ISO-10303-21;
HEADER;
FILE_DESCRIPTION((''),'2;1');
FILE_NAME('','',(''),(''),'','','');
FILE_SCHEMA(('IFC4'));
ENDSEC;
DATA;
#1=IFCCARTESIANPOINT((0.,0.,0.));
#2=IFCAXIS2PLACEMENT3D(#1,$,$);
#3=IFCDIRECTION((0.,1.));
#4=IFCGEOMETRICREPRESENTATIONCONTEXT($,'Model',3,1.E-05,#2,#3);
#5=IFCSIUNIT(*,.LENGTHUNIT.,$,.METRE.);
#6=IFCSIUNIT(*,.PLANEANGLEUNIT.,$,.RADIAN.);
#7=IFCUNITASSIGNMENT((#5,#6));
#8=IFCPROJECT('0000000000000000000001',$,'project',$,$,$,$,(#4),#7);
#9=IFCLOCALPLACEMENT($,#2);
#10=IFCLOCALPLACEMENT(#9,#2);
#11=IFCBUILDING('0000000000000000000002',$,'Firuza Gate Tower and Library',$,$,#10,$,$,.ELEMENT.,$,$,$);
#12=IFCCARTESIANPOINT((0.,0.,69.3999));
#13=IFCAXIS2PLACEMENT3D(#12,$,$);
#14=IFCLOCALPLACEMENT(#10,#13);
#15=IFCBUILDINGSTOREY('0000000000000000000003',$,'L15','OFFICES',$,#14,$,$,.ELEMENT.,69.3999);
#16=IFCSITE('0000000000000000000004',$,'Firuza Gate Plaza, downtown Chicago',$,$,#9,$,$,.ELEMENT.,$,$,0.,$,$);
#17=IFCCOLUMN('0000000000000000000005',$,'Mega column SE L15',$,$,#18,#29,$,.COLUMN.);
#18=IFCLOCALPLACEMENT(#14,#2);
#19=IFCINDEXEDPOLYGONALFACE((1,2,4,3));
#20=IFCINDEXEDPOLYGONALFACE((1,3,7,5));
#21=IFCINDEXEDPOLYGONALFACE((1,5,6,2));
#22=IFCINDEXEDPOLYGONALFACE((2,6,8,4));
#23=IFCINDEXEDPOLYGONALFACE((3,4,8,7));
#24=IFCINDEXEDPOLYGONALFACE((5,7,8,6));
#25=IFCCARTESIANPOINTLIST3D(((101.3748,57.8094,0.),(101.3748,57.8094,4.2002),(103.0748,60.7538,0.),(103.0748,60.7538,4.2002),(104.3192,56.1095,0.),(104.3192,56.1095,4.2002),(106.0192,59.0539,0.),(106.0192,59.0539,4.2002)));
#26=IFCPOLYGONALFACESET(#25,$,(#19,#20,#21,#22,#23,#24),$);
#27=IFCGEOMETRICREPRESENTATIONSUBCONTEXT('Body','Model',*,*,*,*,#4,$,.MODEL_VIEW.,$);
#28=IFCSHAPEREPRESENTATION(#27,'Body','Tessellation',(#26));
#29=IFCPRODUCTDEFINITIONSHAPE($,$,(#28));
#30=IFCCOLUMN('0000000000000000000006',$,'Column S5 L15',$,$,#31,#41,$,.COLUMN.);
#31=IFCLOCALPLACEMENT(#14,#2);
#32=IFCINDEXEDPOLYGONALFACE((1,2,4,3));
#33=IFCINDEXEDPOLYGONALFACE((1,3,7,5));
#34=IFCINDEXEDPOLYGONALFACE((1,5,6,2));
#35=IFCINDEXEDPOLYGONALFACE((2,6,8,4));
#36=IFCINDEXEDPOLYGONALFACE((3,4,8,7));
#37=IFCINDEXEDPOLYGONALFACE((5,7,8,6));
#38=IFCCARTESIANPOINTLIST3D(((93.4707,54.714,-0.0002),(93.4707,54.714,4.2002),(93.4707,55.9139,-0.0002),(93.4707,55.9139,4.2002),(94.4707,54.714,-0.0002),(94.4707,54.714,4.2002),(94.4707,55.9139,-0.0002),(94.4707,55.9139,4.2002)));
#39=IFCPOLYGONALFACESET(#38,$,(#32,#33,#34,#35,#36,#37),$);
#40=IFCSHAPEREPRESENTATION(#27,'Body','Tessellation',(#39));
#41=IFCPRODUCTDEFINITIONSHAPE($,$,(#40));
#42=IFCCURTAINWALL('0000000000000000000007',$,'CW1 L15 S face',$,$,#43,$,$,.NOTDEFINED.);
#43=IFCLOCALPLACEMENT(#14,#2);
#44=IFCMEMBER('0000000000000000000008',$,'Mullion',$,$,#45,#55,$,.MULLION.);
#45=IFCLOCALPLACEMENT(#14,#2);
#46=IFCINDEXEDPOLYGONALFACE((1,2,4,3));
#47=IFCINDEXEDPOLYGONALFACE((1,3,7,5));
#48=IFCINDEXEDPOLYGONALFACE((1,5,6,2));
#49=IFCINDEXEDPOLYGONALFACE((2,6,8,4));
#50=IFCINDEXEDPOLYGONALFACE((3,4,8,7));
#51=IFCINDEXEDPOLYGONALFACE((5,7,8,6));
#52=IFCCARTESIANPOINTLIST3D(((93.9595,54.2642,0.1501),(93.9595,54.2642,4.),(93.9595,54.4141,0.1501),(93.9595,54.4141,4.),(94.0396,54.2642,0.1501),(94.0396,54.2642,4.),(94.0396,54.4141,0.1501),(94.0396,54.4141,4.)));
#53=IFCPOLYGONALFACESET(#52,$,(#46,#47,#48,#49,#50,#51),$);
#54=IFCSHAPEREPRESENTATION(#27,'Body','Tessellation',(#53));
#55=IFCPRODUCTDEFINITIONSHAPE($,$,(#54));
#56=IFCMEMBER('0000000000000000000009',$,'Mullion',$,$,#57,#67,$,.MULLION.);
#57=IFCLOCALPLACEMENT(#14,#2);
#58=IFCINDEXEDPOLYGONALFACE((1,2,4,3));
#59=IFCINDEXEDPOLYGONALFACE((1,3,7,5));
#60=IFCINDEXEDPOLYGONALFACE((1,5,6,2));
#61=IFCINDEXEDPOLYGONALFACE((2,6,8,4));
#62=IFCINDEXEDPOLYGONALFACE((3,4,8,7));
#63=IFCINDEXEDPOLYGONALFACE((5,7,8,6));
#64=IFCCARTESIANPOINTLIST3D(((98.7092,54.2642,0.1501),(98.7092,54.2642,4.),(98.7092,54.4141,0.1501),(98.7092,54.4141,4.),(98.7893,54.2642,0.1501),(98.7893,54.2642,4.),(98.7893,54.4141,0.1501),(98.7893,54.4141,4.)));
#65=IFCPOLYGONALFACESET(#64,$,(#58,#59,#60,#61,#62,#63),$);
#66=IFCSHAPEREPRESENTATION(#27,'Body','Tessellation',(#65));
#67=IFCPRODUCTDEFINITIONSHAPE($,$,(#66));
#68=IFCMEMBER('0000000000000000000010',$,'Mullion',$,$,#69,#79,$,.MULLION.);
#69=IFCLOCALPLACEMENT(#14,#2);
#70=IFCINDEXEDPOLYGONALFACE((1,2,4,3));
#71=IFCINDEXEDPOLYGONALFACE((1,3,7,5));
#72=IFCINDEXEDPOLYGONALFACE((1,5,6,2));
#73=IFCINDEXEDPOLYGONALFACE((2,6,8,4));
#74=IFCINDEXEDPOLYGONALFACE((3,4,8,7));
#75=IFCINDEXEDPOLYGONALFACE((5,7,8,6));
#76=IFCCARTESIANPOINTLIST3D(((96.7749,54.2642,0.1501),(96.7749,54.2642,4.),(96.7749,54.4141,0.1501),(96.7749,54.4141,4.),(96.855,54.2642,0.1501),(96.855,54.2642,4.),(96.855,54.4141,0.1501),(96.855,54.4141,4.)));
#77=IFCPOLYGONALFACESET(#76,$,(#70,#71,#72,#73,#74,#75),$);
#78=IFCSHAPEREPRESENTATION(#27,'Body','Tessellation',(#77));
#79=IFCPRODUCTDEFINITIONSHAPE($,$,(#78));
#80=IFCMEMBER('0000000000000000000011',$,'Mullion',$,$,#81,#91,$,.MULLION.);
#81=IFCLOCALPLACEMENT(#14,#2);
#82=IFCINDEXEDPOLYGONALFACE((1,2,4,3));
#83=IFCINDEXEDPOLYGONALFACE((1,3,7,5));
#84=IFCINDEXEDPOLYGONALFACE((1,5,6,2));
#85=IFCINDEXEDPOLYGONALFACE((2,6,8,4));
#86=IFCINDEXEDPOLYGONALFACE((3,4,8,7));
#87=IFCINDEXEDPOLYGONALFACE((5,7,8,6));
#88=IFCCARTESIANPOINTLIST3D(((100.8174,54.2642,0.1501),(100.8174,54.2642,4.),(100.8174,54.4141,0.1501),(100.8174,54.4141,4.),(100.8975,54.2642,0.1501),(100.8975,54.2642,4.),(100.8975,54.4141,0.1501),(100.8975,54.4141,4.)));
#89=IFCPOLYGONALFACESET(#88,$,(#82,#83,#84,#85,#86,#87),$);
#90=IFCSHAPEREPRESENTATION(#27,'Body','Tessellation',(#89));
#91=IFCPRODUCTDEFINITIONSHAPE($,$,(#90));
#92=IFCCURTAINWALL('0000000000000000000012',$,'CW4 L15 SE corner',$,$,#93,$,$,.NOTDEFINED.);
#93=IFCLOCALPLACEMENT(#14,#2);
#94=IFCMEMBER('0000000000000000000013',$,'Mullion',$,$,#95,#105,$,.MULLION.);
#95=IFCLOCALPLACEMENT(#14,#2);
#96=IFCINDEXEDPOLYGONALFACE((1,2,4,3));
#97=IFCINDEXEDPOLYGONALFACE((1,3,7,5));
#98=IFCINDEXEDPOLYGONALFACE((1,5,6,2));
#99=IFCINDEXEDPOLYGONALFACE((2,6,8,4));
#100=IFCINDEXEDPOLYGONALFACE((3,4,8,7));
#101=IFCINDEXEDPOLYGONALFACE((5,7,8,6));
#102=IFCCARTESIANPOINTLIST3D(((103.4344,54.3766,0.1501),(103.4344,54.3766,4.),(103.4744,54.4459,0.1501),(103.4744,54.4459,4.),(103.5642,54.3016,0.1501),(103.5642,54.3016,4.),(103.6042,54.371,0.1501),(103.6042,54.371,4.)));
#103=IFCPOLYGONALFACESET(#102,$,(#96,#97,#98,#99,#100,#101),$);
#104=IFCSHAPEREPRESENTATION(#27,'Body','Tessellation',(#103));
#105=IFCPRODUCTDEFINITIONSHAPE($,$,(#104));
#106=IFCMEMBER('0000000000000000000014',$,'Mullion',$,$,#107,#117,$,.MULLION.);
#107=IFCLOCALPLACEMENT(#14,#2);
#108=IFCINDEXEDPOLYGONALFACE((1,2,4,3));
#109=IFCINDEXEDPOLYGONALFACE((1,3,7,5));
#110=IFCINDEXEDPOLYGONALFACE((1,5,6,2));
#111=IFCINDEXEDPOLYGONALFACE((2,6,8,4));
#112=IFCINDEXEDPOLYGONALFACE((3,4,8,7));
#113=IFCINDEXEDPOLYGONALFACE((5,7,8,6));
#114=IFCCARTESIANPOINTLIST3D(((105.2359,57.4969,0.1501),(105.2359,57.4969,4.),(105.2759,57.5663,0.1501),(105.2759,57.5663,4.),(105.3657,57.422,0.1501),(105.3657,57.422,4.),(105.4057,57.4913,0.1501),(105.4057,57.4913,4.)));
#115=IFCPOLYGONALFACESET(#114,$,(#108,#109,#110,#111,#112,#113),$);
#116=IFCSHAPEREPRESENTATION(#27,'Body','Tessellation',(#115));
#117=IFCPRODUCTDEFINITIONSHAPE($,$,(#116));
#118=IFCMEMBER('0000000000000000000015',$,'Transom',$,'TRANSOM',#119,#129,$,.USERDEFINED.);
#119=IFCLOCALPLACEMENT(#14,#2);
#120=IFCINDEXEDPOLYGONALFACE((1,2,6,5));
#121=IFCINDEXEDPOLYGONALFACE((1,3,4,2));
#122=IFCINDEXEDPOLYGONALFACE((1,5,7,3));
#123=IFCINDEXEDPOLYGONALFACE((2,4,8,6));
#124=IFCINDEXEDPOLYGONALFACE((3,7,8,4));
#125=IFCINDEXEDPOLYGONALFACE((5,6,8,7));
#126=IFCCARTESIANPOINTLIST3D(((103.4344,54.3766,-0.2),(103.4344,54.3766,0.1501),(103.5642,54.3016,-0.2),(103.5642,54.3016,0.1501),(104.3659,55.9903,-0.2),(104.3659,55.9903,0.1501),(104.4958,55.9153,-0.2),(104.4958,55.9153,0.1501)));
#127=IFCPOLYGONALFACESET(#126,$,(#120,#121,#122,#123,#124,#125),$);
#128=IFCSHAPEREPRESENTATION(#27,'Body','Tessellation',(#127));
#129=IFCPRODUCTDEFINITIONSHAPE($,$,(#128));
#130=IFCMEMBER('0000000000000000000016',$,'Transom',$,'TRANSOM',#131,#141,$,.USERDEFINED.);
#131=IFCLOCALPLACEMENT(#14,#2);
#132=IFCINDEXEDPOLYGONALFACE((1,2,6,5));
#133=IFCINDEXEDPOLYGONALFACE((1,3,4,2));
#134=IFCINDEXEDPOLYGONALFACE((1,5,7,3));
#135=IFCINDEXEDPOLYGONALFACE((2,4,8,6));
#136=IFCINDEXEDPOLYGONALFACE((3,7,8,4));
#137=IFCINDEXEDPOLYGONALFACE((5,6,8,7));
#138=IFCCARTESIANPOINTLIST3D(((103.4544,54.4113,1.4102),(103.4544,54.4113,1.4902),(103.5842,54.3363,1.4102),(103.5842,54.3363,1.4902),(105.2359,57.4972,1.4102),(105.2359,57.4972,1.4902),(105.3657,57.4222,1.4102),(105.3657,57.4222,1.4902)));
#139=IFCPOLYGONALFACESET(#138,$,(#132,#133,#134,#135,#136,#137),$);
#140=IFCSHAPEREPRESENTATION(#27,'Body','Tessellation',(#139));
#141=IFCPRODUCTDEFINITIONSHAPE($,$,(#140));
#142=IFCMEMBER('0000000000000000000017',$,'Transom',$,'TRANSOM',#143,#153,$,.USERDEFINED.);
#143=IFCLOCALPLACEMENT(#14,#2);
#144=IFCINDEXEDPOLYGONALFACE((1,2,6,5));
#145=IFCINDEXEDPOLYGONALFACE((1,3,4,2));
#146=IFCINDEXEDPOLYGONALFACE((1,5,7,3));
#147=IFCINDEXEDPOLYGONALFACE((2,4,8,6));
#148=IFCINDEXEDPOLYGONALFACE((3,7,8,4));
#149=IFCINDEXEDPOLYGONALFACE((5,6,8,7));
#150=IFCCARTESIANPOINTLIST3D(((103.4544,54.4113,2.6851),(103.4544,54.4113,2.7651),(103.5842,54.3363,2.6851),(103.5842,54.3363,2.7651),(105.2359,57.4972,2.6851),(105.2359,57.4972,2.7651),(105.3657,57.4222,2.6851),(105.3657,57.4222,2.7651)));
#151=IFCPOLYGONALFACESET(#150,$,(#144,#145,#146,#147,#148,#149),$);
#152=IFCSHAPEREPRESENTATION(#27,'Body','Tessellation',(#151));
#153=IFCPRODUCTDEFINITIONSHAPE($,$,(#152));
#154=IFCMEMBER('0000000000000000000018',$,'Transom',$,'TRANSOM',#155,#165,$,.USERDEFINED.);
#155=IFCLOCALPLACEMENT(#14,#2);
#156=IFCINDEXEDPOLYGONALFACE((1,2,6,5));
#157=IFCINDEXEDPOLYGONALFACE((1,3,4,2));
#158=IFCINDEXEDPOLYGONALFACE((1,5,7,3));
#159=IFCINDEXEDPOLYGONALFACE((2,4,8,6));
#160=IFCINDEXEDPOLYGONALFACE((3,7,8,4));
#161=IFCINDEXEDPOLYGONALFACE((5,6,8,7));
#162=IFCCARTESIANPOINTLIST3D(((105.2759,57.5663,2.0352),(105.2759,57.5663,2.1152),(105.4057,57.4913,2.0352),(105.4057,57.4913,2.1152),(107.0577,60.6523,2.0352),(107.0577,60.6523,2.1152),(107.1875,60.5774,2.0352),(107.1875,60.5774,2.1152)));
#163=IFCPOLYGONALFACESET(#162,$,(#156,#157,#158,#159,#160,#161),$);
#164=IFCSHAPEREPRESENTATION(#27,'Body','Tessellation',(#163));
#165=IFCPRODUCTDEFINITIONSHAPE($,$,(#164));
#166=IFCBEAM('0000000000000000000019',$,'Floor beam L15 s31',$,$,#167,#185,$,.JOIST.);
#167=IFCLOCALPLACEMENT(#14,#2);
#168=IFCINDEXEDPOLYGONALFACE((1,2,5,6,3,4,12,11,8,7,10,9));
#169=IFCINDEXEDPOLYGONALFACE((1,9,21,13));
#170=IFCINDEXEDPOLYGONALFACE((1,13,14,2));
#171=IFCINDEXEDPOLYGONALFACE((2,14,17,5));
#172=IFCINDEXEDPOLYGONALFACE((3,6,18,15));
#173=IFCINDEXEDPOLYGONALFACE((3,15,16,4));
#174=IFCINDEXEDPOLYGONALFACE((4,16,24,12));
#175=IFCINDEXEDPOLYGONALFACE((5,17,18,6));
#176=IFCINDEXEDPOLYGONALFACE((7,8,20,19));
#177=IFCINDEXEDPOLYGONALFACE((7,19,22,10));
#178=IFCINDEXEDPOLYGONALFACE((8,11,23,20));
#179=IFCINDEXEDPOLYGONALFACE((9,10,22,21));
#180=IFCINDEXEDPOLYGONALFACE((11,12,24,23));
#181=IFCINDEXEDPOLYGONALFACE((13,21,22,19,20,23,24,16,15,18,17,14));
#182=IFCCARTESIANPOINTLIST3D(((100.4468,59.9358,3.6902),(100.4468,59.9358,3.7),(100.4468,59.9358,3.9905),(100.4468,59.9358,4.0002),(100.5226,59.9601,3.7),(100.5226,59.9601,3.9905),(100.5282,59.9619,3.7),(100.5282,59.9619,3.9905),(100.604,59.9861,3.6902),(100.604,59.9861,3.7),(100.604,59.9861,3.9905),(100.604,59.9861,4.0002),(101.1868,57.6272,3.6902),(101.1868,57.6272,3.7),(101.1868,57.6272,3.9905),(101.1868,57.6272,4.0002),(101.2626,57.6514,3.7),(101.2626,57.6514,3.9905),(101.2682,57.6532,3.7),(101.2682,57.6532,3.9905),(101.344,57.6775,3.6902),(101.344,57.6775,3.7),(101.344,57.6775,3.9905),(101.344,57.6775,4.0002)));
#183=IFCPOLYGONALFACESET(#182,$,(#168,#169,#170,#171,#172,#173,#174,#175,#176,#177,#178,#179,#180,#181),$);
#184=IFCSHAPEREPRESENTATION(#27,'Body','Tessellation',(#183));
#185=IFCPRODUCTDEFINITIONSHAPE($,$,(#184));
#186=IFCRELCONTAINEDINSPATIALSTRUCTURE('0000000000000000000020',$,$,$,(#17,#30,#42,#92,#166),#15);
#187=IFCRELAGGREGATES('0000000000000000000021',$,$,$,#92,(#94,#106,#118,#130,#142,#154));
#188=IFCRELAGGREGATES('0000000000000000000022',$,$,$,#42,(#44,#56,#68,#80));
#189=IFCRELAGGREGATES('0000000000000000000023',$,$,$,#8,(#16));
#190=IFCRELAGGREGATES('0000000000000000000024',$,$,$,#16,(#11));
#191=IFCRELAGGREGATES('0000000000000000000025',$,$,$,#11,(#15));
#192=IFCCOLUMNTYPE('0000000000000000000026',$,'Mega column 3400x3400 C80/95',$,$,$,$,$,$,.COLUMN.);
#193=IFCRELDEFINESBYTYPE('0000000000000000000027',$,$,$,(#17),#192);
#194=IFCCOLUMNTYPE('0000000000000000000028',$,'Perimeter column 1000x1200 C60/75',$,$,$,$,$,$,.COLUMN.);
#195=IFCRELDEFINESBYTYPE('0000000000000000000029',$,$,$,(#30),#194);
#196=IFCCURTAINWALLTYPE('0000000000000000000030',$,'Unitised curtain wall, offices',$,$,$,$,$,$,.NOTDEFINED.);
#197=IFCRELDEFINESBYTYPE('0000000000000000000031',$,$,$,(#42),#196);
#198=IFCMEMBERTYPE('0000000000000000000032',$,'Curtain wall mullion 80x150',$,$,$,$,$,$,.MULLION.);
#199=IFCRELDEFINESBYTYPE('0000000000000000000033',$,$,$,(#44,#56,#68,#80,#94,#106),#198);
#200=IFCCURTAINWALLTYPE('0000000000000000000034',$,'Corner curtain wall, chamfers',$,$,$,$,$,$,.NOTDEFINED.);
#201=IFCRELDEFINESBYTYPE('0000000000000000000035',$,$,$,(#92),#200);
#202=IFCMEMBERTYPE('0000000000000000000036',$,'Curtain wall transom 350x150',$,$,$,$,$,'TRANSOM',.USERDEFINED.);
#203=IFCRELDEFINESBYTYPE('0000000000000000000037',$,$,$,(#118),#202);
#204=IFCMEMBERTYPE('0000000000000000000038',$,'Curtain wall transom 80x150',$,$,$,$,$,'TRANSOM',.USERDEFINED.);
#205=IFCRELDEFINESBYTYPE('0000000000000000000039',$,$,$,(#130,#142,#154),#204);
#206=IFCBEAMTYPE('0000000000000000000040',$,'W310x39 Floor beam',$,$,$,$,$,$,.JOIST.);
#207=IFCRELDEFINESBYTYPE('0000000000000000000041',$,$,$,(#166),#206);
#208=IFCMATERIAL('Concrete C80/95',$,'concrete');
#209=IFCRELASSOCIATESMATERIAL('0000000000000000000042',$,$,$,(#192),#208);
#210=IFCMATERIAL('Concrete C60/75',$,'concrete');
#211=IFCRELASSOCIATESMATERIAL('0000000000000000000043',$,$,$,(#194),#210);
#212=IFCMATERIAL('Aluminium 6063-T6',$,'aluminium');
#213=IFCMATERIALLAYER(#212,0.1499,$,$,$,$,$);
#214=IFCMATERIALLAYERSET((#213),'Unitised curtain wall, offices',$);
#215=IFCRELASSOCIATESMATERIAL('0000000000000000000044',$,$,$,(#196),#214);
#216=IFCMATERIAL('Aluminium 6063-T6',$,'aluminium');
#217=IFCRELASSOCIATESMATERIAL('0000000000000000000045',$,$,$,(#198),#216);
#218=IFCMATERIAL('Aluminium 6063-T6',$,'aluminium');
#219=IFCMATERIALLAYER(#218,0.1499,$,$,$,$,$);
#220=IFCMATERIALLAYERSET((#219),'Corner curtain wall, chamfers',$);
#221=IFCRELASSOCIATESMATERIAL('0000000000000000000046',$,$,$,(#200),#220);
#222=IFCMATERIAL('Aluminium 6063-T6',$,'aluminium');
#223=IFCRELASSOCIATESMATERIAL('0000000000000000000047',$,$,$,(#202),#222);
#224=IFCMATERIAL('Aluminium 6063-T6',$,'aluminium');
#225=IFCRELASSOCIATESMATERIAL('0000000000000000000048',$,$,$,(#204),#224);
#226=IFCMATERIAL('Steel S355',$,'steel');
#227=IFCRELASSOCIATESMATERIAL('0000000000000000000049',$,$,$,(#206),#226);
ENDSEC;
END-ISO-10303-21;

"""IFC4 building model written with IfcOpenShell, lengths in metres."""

from ifc_helpers import new_model, si_unit, direction, frame, origin, origin_2d, place, context, subcontext, project, spatial, rectangle, i_section, extrude, material, layer, layer_set, material_profile, profile_set, type_object, element, aggregate, save


model = new_model("IFC4")

# Units and contexts
model_context = context("Model", 3, precision=1e-05, world=origin(), true_north=direction((0.0, 1.0)))
body_context = subcontext(model_context, "Body", "Model", "MODEL_VIEW")
ifc_project = project(units=[si_unit("LENGTHUNIT", "METRE"), si_unit("PLANEANGLEUNIT", "RADIAN")], contexts=[model_context])

# Site, building, storey
site_placement = place(None, origin())
site = spatial("IfcSite", under=ifc_project, at=site_placement, Name="Firuza Gate Plaza, downtown Chicago", CompositionType="ELEMENT", RefElevation=0.0)
building_placement = place(site_placement, origin())
building = spatial("IfcBuilding", under=site, at=building_placement, Name="Firuza Gate Tower and Library", CompositionType="ELEMENT")
storey_placement = place(building_placement, frame((0.0, 0.0, 69.3999)))
storey = spatial("IfcBuildingStorey", under=building, at=storey_placement, Name="L15", Description="OFFICES", CompositionType="ELEMENT", Elevation=69.3999)

# Columns
ifc_material_1 = material(Name="Concrete C80/95", Category="concrete")
ifc_material_profile_1 = material_profile(ifc_material_1, rectangle(XDim=3.3999, YDim=3.3999, at=origin_2d()))
ifc_profile_set_1 = profile_set([ifc_material_profile_1], Name="Concrete C80/95")
column_type_1 = type_object("IfcColumnType", Name="Mega column 3400x3400 C80/95", PredefinedType="COLUMN", material=ifc_profile_set_1)
column_1_placement = place(storey_placement, frame((103.697, 58.4316, 0.0), z_axis=(0.0, 0.0, 1.0), x_axis=(0.5, 0.866025, 0.0)))
element("IfcColumn", 1, at=column_1_placement, inside=storey, type_object=column_type_1, Name="Mega column SE L15", PredefinedType="COLUMN", context=body_context, shape_type="SweptSolid", body=[
    extrude(rectangle(XDim=3.3999, YDim=3.3999, at=origin_2d()), origin(), (0.0, 0.0, 1.0), 4.2002),
])
ifc_material_2 = material(Name="Concrete C60/75", Category="concrete")
ifc_material_profile_2 = material_profile(ifc_material_2, rectangle(XDim=1.0, YDim=1.2, at=origin_2d()))
ifc_profile_set_2 = profile_set([ifc_material_profile_2], Name="Concrete C60/75")
column_type_2 = type_object("IfcColumnType", Name="Perimeter column 1000x1200 C60/75", PredefinedType="COLUMN", material=ifc_profile_set_2)
column_2_placement = place(storey_placement, frame((93.9707, 55.314, -0.0002), z_axis=(0.0, 0.0, 1.0), x_axis=(1.0, 0.0, 0.0)))
element("IfcColumn", 2, at=column_2_placement, inside=storey, type_object=column_type_2, Name="Column S5 L15", PredefinedType="COLUMN", context=body_context, shape_type="SweptSolid", body=[
    extrude(rectangle(XDim=1.0, YDim=1.2, at=origin_2d()), origin(), (0.0, 0.0, 1.0), 4.2004),
])

# Curtain walls, members
ifc_material_3 = material(Name="Aluminium 6063-T6", Category="aluminium")
ifc_layer_1 = layer(ifc_material_3, 0.1499)
ifc_layer_set_1 = layer_set([ifc_layer_1], Name="Unitised curtain wall, offices")
curtain_wall_type_1 = type_object("IfcCurtainWallType", Name="Unitised curtain wall, offices", PredefinedType="NOTDEFINED", material=ifc_layer_set_1)
placement = place(storey_placement, origin())
curtain_wall_1 = element("IfcCurtainWall", 3, at=placement, inside=storey, type_object=curtain_wall_type_1, Name="CW1 L15 S face", PredefinedType="NOTDEFINED")
ifc_material_4 = material(Name="Aluminium 6063-T6", Category="aluminium")
ifc_material_profile_3 = material_profile(ifc_material_4, rectangle(XDim=0.1499, YDim=0.0801, at=origin_2d()))
ifc_profile_set_3 = profile_set([ifc_material_profile_3], Name="Aluminium 6063-T6")
member_type_1 = type_object("IfcMemberType", Name="Curtain wall mullion 80x150", PredefinedType="MULLION", material=ifc_profile_set_3)
member_1_placement = place(storey_placement, frame((93.9995, 54.3391, 0.1501), z_axis=(0.0, 0.0, 1.0), x_axis=(0.0, 1.0, 0.0)))
member_1 = element("IfcMember", 4, at=member_1_placement, type_object=member_type_1, Name="Mullion", PredefinedType="MULLION", context=body_context, shape_type="SweptSolid", body=[
    extrude(rectangle(XDim=0.1499, YDim=0.0801, at=origin_2d()), origin(), (0.0, 0.0, 1.0), 3.8499),
])
member_2_placement = place(storey_placement, frame((98.7493, 54.3391, 0.1501), z_axis=(0.0, 0.0, 1.0), x_axis=(0.0, 1.0, 0.0)))
member_2 = element("IfcMember", 5, at=member_2_placement, type_object=member_type_1, Name="Mullion", PredefinedType="MULLION", context=body_context, shape_type="SweptSolid", body=[
    extrude(rectangle(XDim=0.1499, YDim=0.0801, at=origin_2d()), origin(), (0.0, 0.0, 1.0), 3.8499),
])
member_3_placement = place(storey_placement, frame((96.8149, 54.3391, 0.1501), z_axis=(0.0, 0.0, 1.0), x_axis=(0.0, 1.0, 0.0)))
member_3 = element("IfcMember", 6, at=member_3_placement, type_object=member_type_1, Name="Mullion", PredefinedType="MULLION", context=body_context, shape_type="SweptSolid", body=[
    extrude(rectangle(XDim=0.1499, YDim=0.0801, at=origin_2d()), origin(), (0.0, 0.0, 1.0), 3.8499),
])
member_4_placement = place(storey_placement, frame((100.8574, 54.3391, 0.1501), z_axis=(0.0, 0.0, 1.0), x_axis=(0.0, 1.0, 0.0)))
member_4 = element("IfcMember", 7, at=member_4_placement, type_object=member_type_1, Name="Mullion", PredefinedType="MULLION", context=body_context, shape_type="SweptSolid", body=[
    extrude(rectangle(XDim=0.1499, YDim=0.0801, at=origin_2d()), origin(), (0.0, 0.0, 1.0), 3.8499),
])
ifc_material_5 = material(Name="Aluminium 6063-T6", Category="aluminium")
ifc_layer_2 = layer(ifc_material_5, 0.1499)
ifc_layer_set_2 = layer_set([ifc_layer_2], Name="Corner curtain wall, chamfers")
curtain_wall_type_2 = type_object("IfcCurtainWallType", Name="Corner curtain wall, chamfers", PredefinedType="NOTDEFINED", material=ifc_layer_set_2)
curtain_wall_2 = element("IfcCurtainWall", 8, at=placement, inside=storey, type_object=curtain_wall_type_2, Name="CW4 L15 SE corner", PredefinedType="NOTDEFINED")
member_5_placement = place(storey_placement, frame((103.5193, 54.3738, 0.1501), z_axis=(0.0, 0.0, 1.0), x_axis=(-0.866025, 0.5, 0.0)))
member_5 = element("IfcMember", 9, at=member_5_placement, type_object=member_type_1, Name="Mullion", PredefinedType="MULLION", context=body_context, shape_type="SweptSolid", body=[
    extrude(rectangle(XDim=0.1499, YDim=0.0801, at=origin_2d()), origin(), (0.0, 0.0, 1.0), 3.8499),
])
member_6_placement = place(storey_placement, frame((105.3208, 57.4941, 0.1501), z_axis=(0.0, 0.0, 1.0), x_axis=(-0.866025, 0.5, 0.0)))
member_6 = element("IfcMember", 10, at=member_6_placement, type_object=member_type_1, Name="Mullion", PredefinedType="MULLION", context=body_context, shape_type="SweptSolid", body=[
    extrude(rectangle(XDim=0.1499, YDim=0.0801, at=origin_2d()), origin(), (0.0, 0.0, 1.0), 3.8499),
])
ifc_material_6 = material(Name="Aluminium 6063-T6", Category="aluminium")
ifc_material_profile_4 = material_profile(ifc_material_6, rectangle(XDim=0.1499, YDim=0.3501, at=origin_2d()))
ifc_profile_set_4 = profile_set([ifc_material_profile_4], Name="Aluminium 6063-T6")
member_type_2 = type_object("IfcMemberType", Name="Curtain wall transom 350x150", ElementType="TRANSOM", PredefinedType="USERDEFINED", material=ifc_profile_set_4)
member_7_placement = place(storey_placement, frame((103.4993, 54.3391, -0.0249), z_axis=(0.499972, 0.866042, 0.0), x_axis=(-0.866042, 0.499972, 0.0)))
member_7 = element("IfcMember", 11, at=member_7_placement, type_object=member_type_2, Name="Transom", ObjectType="TRANSOM", PredefinedType="USERDEFINED", context=body_context, shape_type="SweptSolid", body=[
    extrude(rectangle(XDim=0.1499, YDim=0.3501, at=origin_2d()), origin(), (0.0, 0.0, 1.0), 1.8633),
])
ifc_material_7 = material(Name="Aluminium 6063-T6", Category="aluminium")
ifc_material_profile_5 = material_profile(ifc_material_7, rectangle(XDim=0.1499, YDim=0.0801, at=origin_2d()))
ifc_profile_set_5 = profile_set([ifc_material_profile_5], Name="Aluminium 6063-T6")
member_type_3 = type_object("IfcMemberType", Name="Curtain wall transom 80x150", ElementType="TRANSOM", PredefinedType="USERDEFINED", material=ifc_profile_set_5)
member_8_placement = place(storey_placement, frame((103.5193, 54.3738, 1.4502), z_axis=(0.499964, 0.866046, 0.0), x_axis=(-0.866046, 0.499964, 0.0)))
member_8 = element("IfcMember", 12, at=member_8_placement, type_object=member_type_3, Name="Transom", ObjectType="TRANSOM", PredefinedType="USERDEFINED", context=body_context, shape_type="SweptSolid", body=[
    extrude(rectangle(XDim=0.1499, YDim=0.0801, at=origin_2d()), origin(), (0.0, 0.0, 1.0), 3.5632),
])
member_9_placement = place(storey_placement, frame((103.5193, 54.3738, 2.7251), z_axis=(0.499964, 0.866046, 0.0), x_axis=(-0.866046, 0.499964, 0.0)))
member_9 = element("IfcMember", 13, at=member_9_placement, type_object=member_type_3, Name="Transom", ObjectType="TRANSOM", PredefinedType="USERDEFINED", context=body_context, shape_type="SweptSolid", body=[
    extrude(rectangle(XDim=0.1499, YDim=0.0801, at=origin_2d()), origin(), (0.0, 0.0, 1.0), 3.5632),
])
member_10_placement = place(storey_placement, frame((105.3408, 57.5288, 2.0752), z_axis=(0.500015, 0.866017, 0.0), x_axis=(-0.866017, 0.500015, 0.0)))
member_10 = element("IfcMember", 14, at=member_10_placement, type_object=member_type_3, Name="Transom", ObjectType="TRANSOM", PredefinedType="USERDEFINED", context=body_context, shape_type="SweptSolid", body=[
    extrude(rectangle(XDim=0.1499, YDim=0.0801, at=origin_2d()), origin(), (0.0, 0.0, 1.0), 3.5635),
])

# Beam
ifc_material_8 = material(Name="Steel S355", Category="steel")
ifc_material_profile_6 = material_profile(ifc_material_8, i_section(OverallWidth=0.165, OverallDepth=0.3101, WebThickness=0.0059, FlangeThickness=0.0098, at=origin_2d()))
ifc_profile_set_6 = profile_set([ifc_material_profile_6], Name="Steel S355")
beam_type_1 = type_object("IfcBeamType", Name="W310x39 Floor beam", PredefinedType="JOIST", material=ifc_profile_set_6)
beam_1_placement = place(storey_placement, frame((101.2654, 57.6523, 3.8452), z_axis=(-0.30524, 0.952276, 0.0), x_axis=(-0.952276, -0.30524, 0.0)))
element("IfcBeam", 15, at=beam_1_placement, inside=storey, type_object=beam_type_1, Name="Floor beam L15 s31", PredefinedType="JOIST", context=body_context, shape_type="SweptSolid", body=[
    extrude(i_section(OverallWidth=0.165, OverallDepth=0.3101, WebThickness=0.0059, FlangeThickness=0.0098, at=origin_2d()), origin(), (0.0, 0.0, 1.0), 2.4243),
])

aggregate(curtain_wall_2, [member_5, member_6, member_7, member_8, member_9, member_10])
aggregate(curtain_wall_1, [member_1, member_2, member_3, member_4])

save(model, "model.ifc")
